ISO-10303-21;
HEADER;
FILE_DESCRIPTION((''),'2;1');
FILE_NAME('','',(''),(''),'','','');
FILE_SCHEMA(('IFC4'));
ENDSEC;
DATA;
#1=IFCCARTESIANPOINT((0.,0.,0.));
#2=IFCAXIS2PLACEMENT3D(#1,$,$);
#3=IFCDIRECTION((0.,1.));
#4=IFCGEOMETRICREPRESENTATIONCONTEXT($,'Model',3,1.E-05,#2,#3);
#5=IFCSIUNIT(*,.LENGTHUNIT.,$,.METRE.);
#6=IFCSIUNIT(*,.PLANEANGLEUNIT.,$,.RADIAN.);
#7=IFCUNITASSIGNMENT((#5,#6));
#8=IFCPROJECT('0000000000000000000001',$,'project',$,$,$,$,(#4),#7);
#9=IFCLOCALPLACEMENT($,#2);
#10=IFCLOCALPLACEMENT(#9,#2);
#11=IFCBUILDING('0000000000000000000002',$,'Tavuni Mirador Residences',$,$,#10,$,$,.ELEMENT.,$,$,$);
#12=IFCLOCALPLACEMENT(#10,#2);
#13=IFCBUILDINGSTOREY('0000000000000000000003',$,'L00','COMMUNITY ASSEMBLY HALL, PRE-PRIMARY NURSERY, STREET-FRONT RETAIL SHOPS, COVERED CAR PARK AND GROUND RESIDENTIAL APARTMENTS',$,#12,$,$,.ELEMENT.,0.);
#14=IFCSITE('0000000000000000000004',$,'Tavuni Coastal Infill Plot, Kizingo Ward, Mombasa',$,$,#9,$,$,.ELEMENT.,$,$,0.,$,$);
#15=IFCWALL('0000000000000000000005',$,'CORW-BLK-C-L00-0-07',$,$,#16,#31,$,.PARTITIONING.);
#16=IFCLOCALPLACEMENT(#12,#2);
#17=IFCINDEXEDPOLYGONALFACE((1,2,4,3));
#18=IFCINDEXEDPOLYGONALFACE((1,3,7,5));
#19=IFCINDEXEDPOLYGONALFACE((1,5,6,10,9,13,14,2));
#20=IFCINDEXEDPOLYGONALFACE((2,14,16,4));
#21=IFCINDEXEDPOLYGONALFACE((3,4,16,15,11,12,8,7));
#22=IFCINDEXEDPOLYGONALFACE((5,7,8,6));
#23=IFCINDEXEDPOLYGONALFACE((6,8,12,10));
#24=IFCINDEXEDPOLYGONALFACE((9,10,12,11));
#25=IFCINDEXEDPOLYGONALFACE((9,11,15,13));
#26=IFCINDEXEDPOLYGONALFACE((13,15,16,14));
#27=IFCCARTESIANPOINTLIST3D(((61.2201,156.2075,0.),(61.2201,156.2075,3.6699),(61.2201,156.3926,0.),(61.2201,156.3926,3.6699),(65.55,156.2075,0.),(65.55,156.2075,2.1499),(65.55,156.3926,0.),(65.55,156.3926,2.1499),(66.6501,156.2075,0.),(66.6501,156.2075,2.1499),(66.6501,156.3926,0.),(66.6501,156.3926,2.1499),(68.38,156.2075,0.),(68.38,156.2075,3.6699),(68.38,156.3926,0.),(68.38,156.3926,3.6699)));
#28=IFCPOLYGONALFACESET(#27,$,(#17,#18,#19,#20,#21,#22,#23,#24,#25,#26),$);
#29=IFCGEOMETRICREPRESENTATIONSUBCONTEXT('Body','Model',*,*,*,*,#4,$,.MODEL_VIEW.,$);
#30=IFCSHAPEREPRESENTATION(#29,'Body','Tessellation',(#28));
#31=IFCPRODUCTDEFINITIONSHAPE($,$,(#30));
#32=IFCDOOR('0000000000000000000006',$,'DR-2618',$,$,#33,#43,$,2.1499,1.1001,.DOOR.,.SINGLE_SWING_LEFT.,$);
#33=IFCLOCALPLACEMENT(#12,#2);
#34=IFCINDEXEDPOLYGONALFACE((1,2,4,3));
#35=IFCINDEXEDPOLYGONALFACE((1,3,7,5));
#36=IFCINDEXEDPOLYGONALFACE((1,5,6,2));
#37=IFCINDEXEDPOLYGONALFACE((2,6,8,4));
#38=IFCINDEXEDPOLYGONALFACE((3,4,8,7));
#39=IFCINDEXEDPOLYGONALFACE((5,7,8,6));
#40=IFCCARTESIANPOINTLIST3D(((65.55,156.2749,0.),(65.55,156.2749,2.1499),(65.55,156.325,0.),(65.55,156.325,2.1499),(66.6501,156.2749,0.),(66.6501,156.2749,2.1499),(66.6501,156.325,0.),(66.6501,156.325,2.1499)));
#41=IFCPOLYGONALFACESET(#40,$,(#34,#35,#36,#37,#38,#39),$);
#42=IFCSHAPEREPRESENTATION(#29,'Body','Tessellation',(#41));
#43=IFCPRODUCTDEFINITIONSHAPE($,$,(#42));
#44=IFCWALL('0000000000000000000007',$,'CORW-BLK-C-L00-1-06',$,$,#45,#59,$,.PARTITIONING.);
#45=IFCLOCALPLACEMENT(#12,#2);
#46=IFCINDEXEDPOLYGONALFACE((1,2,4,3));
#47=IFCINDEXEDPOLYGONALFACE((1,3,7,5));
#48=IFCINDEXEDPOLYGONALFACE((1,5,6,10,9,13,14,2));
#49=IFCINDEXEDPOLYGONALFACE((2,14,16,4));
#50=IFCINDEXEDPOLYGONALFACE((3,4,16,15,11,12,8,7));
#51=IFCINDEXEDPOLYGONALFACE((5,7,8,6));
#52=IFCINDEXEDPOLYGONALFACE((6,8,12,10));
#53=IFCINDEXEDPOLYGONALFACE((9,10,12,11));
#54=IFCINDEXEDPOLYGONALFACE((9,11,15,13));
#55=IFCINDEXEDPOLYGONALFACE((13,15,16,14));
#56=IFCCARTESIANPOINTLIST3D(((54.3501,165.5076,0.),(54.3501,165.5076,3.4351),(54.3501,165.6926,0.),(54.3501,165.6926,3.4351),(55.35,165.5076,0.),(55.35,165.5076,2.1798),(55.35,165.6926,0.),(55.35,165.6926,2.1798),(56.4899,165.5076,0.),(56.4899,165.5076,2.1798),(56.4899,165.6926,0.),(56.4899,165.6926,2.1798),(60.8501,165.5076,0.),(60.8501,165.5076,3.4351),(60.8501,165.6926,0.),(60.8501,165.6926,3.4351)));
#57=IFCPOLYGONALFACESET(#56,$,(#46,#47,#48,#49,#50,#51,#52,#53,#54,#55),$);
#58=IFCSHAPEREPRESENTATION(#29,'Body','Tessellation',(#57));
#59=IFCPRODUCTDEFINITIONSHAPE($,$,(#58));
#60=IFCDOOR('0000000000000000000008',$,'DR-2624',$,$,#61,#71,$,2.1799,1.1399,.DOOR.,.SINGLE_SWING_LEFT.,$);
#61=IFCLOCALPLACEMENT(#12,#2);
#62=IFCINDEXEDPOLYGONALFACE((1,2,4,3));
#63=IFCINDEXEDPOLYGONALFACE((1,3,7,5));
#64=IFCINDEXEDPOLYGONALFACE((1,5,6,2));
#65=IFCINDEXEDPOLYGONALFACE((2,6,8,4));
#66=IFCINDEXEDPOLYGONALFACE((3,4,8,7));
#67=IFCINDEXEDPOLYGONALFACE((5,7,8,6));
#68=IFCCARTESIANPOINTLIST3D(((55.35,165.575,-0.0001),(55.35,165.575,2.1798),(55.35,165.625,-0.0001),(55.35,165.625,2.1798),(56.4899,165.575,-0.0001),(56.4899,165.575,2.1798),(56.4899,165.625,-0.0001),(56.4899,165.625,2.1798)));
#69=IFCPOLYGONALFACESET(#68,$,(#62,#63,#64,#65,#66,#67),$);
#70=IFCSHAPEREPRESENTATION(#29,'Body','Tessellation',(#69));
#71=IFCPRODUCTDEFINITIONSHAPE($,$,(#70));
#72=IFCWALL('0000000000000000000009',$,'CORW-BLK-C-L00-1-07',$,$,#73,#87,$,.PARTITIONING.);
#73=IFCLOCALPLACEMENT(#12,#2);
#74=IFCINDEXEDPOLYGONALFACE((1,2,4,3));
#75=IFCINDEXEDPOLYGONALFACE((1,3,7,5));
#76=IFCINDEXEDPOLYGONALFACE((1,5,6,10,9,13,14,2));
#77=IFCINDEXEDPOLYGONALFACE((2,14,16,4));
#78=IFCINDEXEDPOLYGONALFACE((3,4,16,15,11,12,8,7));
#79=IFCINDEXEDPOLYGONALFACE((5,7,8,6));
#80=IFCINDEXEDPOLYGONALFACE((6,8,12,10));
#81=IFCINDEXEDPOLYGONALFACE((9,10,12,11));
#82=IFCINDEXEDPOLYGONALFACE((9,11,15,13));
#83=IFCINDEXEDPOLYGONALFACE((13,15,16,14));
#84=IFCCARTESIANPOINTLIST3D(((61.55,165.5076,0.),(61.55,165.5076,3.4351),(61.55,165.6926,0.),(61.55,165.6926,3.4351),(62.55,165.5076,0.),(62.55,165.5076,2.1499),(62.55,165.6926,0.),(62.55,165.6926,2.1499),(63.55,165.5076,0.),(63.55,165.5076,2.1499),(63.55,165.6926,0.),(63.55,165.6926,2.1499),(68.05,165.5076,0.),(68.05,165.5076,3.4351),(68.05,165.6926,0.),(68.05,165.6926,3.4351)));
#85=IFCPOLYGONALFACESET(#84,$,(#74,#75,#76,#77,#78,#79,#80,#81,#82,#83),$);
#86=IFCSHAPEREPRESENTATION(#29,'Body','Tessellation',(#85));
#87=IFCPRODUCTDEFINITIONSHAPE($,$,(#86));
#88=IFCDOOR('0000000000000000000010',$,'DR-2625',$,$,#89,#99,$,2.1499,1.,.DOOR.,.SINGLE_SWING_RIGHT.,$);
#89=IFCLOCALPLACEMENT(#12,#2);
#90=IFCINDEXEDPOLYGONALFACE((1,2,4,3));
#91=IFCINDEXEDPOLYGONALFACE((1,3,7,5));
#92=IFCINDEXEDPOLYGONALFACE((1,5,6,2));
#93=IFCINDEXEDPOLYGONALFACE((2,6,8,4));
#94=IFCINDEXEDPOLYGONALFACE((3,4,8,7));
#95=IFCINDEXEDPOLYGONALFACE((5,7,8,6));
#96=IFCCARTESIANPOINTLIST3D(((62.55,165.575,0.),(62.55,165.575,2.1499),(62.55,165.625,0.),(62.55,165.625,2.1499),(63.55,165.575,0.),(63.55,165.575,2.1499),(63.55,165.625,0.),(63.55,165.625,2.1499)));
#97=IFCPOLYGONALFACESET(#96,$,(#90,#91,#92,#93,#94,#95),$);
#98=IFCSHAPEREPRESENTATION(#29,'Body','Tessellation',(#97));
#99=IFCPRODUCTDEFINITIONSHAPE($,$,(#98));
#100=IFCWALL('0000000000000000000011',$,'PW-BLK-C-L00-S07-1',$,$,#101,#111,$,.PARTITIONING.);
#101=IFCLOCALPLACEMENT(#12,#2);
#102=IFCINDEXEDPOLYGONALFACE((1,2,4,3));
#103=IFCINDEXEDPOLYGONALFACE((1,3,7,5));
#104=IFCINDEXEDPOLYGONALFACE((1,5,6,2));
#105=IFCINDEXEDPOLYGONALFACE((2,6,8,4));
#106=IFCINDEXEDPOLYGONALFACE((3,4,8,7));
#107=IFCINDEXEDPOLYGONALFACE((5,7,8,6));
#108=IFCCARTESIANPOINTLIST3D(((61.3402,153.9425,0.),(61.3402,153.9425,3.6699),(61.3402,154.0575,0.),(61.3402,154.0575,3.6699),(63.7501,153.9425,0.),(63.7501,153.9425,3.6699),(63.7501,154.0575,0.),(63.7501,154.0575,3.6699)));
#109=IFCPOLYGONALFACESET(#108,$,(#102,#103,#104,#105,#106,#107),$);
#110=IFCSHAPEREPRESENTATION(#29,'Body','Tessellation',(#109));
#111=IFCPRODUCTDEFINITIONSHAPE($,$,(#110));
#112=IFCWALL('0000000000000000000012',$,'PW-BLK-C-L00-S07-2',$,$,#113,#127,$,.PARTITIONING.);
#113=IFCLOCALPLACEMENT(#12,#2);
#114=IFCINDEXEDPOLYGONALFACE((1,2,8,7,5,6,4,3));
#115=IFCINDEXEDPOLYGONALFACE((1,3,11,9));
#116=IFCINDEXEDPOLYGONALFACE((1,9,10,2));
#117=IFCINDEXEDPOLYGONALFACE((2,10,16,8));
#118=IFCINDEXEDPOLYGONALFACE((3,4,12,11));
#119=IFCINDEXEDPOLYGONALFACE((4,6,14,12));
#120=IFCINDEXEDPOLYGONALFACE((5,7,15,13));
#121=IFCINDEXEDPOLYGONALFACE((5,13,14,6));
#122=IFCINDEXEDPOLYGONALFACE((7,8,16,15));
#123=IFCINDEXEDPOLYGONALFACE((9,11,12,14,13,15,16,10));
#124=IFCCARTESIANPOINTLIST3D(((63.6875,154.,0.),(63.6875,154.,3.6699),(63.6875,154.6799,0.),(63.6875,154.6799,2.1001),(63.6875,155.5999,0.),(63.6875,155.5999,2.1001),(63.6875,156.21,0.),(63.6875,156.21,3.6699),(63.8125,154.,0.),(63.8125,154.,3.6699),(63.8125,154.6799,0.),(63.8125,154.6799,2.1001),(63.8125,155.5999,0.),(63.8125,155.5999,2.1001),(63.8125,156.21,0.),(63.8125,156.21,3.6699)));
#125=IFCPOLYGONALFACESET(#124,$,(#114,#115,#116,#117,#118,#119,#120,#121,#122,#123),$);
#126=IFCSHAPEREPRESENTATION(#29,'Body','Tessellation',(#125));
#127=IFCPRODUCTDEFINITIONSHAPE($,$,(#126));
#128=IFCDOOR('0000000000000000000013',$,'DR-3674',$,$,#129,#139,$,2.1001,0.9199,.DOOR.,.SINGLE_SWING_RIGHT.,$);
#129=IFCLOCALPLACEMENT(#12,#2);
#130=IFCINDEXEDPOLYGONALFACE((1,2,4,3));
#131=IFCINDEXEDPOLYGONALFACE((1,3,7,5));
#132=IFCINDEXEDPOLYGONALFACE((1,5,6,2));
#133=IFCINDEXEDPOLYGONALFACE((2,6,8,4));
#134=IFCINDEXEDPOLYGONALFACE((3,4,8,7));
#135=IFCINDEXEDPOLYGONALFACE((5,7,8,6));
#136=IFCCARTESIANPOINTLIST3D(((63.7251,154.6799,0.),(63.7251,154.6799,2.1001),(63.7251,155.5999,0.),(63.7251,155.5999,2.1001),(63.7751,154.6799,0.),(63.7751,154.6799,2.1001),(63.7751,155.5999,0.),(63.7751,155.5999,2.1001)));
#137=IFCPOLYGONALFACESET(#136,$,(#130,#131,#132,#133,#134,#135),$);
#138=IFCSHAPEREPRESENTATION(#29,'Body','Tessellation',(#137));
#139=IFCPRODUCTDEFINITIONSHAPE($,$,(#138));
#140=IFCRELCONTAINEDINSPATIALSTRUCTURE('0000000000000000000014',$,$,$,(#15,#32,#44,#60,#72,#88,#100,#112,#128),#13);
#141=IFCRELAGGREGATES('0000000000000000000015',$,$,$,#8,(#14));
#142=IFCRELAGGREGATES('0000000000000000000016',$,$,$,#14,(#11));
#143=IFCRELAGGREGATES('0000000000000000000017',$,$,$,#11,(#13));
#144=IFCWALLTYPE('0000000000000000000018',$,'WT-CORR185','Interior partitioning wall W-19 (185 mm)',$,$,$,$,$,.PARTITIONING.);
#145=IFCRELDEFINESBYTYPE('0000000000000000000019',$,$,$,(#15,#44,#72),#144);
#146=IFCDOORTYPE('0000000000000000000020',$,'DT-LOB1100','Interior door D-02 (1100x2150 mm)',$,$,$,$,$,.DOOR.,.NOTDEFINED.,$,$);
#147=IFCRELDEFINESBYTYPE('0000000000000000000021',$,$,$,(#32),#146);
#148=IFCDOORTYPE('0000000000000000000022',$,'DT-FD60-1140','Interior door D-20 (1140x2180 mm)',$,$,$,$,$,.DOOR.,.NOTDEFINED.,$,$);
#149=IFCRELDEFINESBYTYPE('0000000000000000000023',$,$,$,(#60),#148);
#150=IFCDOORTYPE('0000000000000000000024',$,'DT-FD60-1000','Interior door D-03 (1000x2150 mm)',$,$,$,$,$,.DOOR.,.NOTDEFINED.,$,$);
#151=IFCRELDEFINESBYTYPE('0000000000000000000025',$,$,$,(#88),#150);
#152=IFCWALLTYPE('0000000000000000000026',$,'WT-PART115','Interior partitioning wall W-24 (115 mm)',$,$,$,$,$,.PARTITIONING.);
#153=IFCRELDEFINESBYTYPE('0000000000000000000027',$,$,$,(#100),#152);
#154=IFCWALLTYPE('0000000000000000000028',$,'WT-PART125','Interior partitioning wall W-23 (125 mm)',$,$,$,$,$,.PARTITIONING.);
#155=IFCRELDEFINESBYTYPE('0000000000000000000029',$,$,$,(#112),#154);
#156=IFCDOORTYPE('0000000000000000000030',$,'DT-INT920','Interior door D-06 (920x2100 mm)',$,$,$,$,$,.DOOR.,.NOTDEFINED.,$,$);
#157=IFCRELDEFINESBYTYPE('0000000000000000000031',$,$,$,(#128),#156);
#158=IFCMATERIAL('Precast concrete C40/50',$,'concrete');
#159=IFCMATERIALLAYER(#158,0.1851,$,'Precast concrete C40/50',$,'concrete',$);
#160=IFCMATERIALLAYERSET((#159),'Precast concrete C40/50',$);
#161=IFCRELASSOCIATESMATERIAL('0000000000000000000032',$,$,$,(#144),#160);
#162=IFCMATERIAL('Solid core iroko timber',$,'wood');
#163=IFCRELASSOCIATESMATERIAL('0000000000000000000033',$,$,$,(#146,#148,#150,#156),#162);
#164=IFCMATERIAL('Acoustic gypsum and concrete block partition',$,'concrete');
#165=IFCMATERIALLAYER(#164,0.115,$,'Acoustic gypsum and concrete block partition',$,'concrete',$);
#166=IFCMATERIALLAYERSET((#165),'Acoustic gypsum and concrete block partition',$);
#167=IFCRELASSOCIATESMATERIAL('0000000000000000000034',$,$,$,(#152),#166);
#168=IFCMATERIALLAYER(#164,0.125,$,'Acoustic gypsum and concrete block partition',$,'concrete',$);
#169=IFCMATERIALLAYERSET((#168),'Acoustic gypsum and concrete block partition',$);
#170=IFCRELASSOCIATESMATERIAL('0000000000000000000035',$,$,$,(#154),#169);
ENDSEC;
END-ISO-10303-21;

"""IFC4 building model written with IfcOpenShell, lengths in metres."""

from ifc_helpers import new_model, si_unit, direction, frame, frame_2d, origin, place, context, subcontext, project, spatial, rectangle, extrude, material, layer, layer_set, type_object, element, fill, save


model = new_model("IFC4")

# Units and contexts
model_context = context("Model", 3, precision=1e-05, world=origin(), true_north=direction((0.0, 1.0)))
body_context = subcontext(model_context, "Body", "Model", "MODEL_VIEW")
ifc_project = project(units=[si_unit("LENGTHUNIT", "METRE"), si_unit("PLANEANGLEUNIT", "RADIAN")], contexts=[model_context])

# Site, building, storey
site_placement = place(None, origin())
site = spatial("IfcSite", under=ifc_project, at=site_placement, Name="Tavuni Coastal Infill Plot, Kizingo Ward, Mombasa", CompositionType="ELEMENT", RefElevation=0.0)
building_placement = place(site_placement, origin())
building = spatial("IfcBuilding", under=site, at=building_placement, Name="Tavuni Mirador Residences", CompositionType="ELEMENT")
storey_placement = place(building_placement, origin())
storey = spatial("IfcBuildingStorey", under=building, at=storey_placement, Name="L00", Description="COMMUNITY ASSEMBLY HALL, PRE-PRIMARY NURSERY, STREET-FRONT RETAIL SHOPS, COVERED CAR PARK AND GROUND RESIDENTIAL APARTMENTS", CompositionType="ELEMENT", Elevation=0.0)

# Shared definitions
ifc_material_1 = material(Name="Precast concrete C40/50", Category="concrete")

# Walls, openings, doors
ifc_layer_1 = layer(ifc_material_1, 0.1851, Name="Precast concrete C40/50", Category="concrete")
ifc_layer_set_1 = layer_set([ifc_layer_1], Name="Precast concrete C40/50")
wall_type_1 = type_object("IfcWallType", Name="WT-CORR185", Description="Interior partitioning wall W-19 (185 mm)", PredefinedType="PARTITIONING", material=ifc_layer_set_1)
ifc_material_2 = material(Name="Solid core iroko timber", Category="wood")
door_type_1 = type_object("IfcDoorType", Name="DT-LOB1100", Description="Interior door D-02 (1100x2150 mm)", OperationType="NOTDEFINED", PredefinedType="DOOR", material=ifc_material_2)
wall_1_placement = place(storey_placement, frame((61.22, 156.3, 0.0), z_axis=(0.0, 0.0, 1.0), x_axis=(1.0, 0.0, 0.0)))
wall_1 = element("IfcWall", 1, at=wall_1_placement, inside=storey, type_object=wall_type_1, Name="CORW-BLK-C-L00-0-07", PredefinedType="PARTITIONING", context=body_context, shape_type="SweptSolid", body=[
    extrude(rectangle(XDim=7.1599, YDim=0.1851, at=frame_2d((3.5801, 0.0))), origin(), (0.0, 0.0, 1.0), 3.6699),
])
opening_1_placement = place(wall_1_placement, frame((4.3301, 0.0, 0.0)))
opening_1 = element("IfcOpeningElement", 2, at=opening_1_placement, cuts=wall_1, PredefinedType="OPENING", context=body_context, shape_type="SweptSolid", body=[
    extrude(rectangle(XDim=1.1001, YDim=2.1499, at=frame_2d((0.55, 1.075))), frame((0.0, 0.1025, 0.0), z_axis=(0.0, -1.0, 0.0), x_axis=(1.0, 0.0, 0.0)), (0.0, 0.0, 1.0), 0.2051),
])
door_1_placement = place(opening_1_placement, origin())
door_1 = element("IfcDoor", 3, at=door_1_placement, inside=storey, type_object=door_type_1, Name="DR-2618", OperationType="SINGLE_SWING_LEFT", OverallHeight=2.1499, OverallWidth=1.1001, PredefinedType="DOOR", context=body_context, shape_type="SweptSolid", body=[
    extrude(rectangle(XDim=1.1001, YDim=2.1499, at=frame_2d((0.55, 1.075))), frame((0.0, 0.0249, 0.0), z_axis=(0.0, -1.0, 0.0), x_axis=(1.0, 0.0, 0.0)), (0.0, 0.0, 1.0), 0.05),
])
fill(opening_1, door_1)
wall_2_placement = place(storey_placement, frame((54.3501, 165.6001, 0.0), z_axis=(0.0, 0.0, 1.0), x_axis=(1.0, 0.0, 0.0)))
wall_2 = element("IfcWall", 4, at=wall_2_placement, inside=storey, type_object=wall_type_1, Name="CORW-BLK-C-L00-1-06", PredefinedType="PARTITIONING", context=body_context, shape_type="SweptSolid", body=[
    extrude(rectangle(XDim=6.5, YDim=0.1851, at=frame_2d((3.25, 0.0))), origin(), (0.0, 0.0, 1.0), 3.4351),
])
opening_2_placement = place(wall_2_placement, frame((1.0, 0.0, 0.0)))
opening_2 = element("IfcOpeningElement", 5, at=opening_2_placement, cuts=wall_2, PredefinedType="OPENING", context=body_context, shape_type="SweptSolid", body=[
    extrude(rectangle(XDim=1.1399, YDim=2.1799, at=frame_2d((0.5698, 1.0898))), frame((0.0, 0.1025, 0.0), z_axis=(0.0, -1.0, 0.0), x_axis=(1.0, 0.0, 0.0)), (0.0, 0.0, 1.0), 0.2051),
])
door_type_2 = type_object("IfcDoorType", Name="DT-FD60-1140", Description="Interior door D-20 (1140x2180 mm)", OperationType="NOTDEFINED", PredefinedType="DOOR", material=ifc_material_2)
door_2_placement = place(opening_2_placement, origin())
door_2 = element("IfcDoor", 6, at=door_2_placement, inside=storey, type_object=door_type_2, Name="DR-2624", OperationType="SINGLE_SWING_LEFT", OverallHeight=2.1799, OverallWidth=1.1399, PredefinedType="DOOR", context=body_context, shape_type="SweptSolid", body=[
    extrude(rectangle(XDim=1.1399, YDim=2.1799, at=frame_2d((0.5698, 1.0898))), frame((0.0, 0.0249, 0.0), z_axis=(0.0, -1.0, 0.0), x_axis=(1.0, 0.0, 0.0)), (0.0, 0.0, 1.0), 0.05),
])
fill(opening_2, door_2)
wall_3_placement = place(storey_placement, frame((61.55, 165.6001, 0.0), z_axis=(0.0, 0.0, 1.0), x_axis=(1.0, 0.0, 0.0)))
wall_3 = element("IfcWall", 7, at=wall_3_placement, inside=storey, type_object=wall_type_1, Name="CORW-BLK-C-L00-1-07", PredefinedType="PARTITIONING", context=body_context, shape_type="SweptSolid", body=[
    extrude(rectangle(XDim=6.5, YDim=0.1851, at=frame_2d((3.25, 0.0))), origin(), (0.0, 0.0, 1.0), 3.4351),
])
opening_3_placement = place(wall_3_placement, frame((1.0, 0.0, 0.0)))
opening_3 = element("IfcOpeningElement", 8, at=opening_3_placement, cuts=wall_3, PredefinedType="OPENING", context=body_context, shape_type="SweptSolid", body=[
    extrude(rectangle(XDim=1.0, YDim=2.1499, at=frame_2d((0.5, 1.075))), frame((0.0, 0.1025, 0.0), z_axis=(0.0, -1.0, 0.0), x_axis=(1.0, 0.0, 0.0)), (0.0, 0.0, 1.0), 0.2051),
])
door_type_3 = type_object("IfcDoorType", Name="DT-FD60-1000", Description="Interior door D-03 (1000x2150 mm)", OperationType="NOTDEFINED", PredefinedType="DOOR", material=ifc_material_2)
door_3_placement = place(opening_3_placement, origin())
door_3 = element("IfcDoor", 9, at=door_3_placement, inside=storey, type_object=door_type_3, Name="DR-2625", OperationType="SINGLE_SWING_RIGHT", OverallHeight=2.1499, OverallWidth=1.0, PredefinedType="DOOR", context=body_context, shape_type="SweptSolid", body=[
    extrude(rectangle(XDim=1.0, YDim=2.1499, at=frame_2d((0.5, 1.075))), frame((0.0, 0.0249, 0.0), z_axis=(0.0, -1.0, 0.0), x_axis=(1.0, 0.0, 0.0)), (0.0, 0.0, 1.0), 0.05),
])
fill(opening_3, door_3)

# Wall
ifc_material_3 = material(Name="Acoustic gypsum and concrete block partition", Category="concrete")
ifc_layer_2 = layer(ifc_material_3, 0.115, Name="Acoustic gypsum and concrete block partition", Category="concrete")
ifc_layer_set_2 = layer_set([ifc_layer_2], Name="Acoustic gypsum and concrete block partition")
wall_type_2 = type_object("IfcWallType", Name="WT-PART115", Description="Interior partitioning wall W-24 (115 mm)", PredefinedType="PARTITIONING", material=ifc_layer_set_2)
wall_4_placement = place(storey_placement, frame((61.3401, 154.0, 0.0), z_axis=(0.0, 0.0, 1.0), x_axis=(1.0, 0.0, 0.0)))
element("IfcWall", 10, at=wall_4_placement, inside=storey, type_object=wall_type_2, Name="PW-BLK-C-L00-S07-1", PredefinedType="PARTITIONING", context=body_context, shape_type="SweptSolid", body=[
    extrude(rectangle(XDim=2.4099, YDim=0.115, at=frame_2d((1.2051, 0.0))), origin(), (0.0, 0.0, 1.0), 3.6699),
])

# Wall, opening, door
ifc_layer_3 = layer(ifc_material_3, 0.125, Name="Acoustic gypsum and concrete block partition", Category="concrete")
ifc_layer_set_3 = layer_set([ifc_layer_3], Name="Acoustic gypsum and concrete block partition")
wall_type_3 = type_object("IfcWallType", Name="WT-PART125", Description="Interior partitioning wall W-23 (125 mm)", PredefinedType="PARTITIONING", material=ifc_layer_set_3)
wall_5_placement = place(storey_placement, frame((63.75, 154.0, 0.0), z_axis=(0.0, 0.0, 1.0), x_axis=(0.0, 1.0, 0.0)))
wall_5 = element("IfcWall", 11, at=wall_5_placement, inside=storey, type_object=wall_type_3, Name="PW-BLK-C-L00-S07-2", PredefinedType="PARTITIONING", context=body_context, shape_type="SweptSolid", body=[
    extrude(rectangle(XDim=2.21, YDim=0.125, at=frame_2d((1.105, 0.0))), origin(), (0.0, 0.0, 1.0), 3.6699),
])
opening_4_placement = place(wall_5_placement, frame((0.6799, 0.0, 0.0)))
opening_4 = element("IfcOpeningElement", 12, at=opening_4_placement, cuts=wall_5, PredefinedType="OPENING", context=body_context, shape_type="SweptSolid", body=[
    extrude(rectangle(XDim=0.9199, YDim=2.1001, at=frame_2d((0.46, 1.05))), frame((0.0, 0.0725, 0.0), z_axis=(0.0, -1.0, 0.0), x_axis=(1.0, 0.0, 0.0)), (0.0, 0.0, 1.0), 0.145),
])
door_type_4 = type_object("IfcDoorType", Name="DT-INT920", Description="Interior door D-06 (920x2100 mm)", OperationType="NOTDEFINED", PredefinedType="DOOR", material=ifc_material_2)
door_4_placement = place(opening_4_placement, origin())
door_4 = element("IfcDoor", 13, at=door_4_placement, inside=storey, type_object=door_type_4, Name="DR-3674", OperationType="SINGLE_SWING_RIGHT", OverallHeight=2.1001, OverallWidth=0.9199, PredefinedType="DOOR", context=body_context, shape_type="SweptSolid", body=[
    extrude(rectangle(XDim=0.9199, YDim=2.1001, at=frame_2d((0.46, 1.05))), frame((0.0, 0.0249, 0.0), z_axis=(0.0, -1.0, 0.0), x_axis=(1.0, 0.0, 0.0)), (0.0, 0.0, 1.0), 0.05),
])
fill(opening_4, door_4)

save(model, "model.ifc")
